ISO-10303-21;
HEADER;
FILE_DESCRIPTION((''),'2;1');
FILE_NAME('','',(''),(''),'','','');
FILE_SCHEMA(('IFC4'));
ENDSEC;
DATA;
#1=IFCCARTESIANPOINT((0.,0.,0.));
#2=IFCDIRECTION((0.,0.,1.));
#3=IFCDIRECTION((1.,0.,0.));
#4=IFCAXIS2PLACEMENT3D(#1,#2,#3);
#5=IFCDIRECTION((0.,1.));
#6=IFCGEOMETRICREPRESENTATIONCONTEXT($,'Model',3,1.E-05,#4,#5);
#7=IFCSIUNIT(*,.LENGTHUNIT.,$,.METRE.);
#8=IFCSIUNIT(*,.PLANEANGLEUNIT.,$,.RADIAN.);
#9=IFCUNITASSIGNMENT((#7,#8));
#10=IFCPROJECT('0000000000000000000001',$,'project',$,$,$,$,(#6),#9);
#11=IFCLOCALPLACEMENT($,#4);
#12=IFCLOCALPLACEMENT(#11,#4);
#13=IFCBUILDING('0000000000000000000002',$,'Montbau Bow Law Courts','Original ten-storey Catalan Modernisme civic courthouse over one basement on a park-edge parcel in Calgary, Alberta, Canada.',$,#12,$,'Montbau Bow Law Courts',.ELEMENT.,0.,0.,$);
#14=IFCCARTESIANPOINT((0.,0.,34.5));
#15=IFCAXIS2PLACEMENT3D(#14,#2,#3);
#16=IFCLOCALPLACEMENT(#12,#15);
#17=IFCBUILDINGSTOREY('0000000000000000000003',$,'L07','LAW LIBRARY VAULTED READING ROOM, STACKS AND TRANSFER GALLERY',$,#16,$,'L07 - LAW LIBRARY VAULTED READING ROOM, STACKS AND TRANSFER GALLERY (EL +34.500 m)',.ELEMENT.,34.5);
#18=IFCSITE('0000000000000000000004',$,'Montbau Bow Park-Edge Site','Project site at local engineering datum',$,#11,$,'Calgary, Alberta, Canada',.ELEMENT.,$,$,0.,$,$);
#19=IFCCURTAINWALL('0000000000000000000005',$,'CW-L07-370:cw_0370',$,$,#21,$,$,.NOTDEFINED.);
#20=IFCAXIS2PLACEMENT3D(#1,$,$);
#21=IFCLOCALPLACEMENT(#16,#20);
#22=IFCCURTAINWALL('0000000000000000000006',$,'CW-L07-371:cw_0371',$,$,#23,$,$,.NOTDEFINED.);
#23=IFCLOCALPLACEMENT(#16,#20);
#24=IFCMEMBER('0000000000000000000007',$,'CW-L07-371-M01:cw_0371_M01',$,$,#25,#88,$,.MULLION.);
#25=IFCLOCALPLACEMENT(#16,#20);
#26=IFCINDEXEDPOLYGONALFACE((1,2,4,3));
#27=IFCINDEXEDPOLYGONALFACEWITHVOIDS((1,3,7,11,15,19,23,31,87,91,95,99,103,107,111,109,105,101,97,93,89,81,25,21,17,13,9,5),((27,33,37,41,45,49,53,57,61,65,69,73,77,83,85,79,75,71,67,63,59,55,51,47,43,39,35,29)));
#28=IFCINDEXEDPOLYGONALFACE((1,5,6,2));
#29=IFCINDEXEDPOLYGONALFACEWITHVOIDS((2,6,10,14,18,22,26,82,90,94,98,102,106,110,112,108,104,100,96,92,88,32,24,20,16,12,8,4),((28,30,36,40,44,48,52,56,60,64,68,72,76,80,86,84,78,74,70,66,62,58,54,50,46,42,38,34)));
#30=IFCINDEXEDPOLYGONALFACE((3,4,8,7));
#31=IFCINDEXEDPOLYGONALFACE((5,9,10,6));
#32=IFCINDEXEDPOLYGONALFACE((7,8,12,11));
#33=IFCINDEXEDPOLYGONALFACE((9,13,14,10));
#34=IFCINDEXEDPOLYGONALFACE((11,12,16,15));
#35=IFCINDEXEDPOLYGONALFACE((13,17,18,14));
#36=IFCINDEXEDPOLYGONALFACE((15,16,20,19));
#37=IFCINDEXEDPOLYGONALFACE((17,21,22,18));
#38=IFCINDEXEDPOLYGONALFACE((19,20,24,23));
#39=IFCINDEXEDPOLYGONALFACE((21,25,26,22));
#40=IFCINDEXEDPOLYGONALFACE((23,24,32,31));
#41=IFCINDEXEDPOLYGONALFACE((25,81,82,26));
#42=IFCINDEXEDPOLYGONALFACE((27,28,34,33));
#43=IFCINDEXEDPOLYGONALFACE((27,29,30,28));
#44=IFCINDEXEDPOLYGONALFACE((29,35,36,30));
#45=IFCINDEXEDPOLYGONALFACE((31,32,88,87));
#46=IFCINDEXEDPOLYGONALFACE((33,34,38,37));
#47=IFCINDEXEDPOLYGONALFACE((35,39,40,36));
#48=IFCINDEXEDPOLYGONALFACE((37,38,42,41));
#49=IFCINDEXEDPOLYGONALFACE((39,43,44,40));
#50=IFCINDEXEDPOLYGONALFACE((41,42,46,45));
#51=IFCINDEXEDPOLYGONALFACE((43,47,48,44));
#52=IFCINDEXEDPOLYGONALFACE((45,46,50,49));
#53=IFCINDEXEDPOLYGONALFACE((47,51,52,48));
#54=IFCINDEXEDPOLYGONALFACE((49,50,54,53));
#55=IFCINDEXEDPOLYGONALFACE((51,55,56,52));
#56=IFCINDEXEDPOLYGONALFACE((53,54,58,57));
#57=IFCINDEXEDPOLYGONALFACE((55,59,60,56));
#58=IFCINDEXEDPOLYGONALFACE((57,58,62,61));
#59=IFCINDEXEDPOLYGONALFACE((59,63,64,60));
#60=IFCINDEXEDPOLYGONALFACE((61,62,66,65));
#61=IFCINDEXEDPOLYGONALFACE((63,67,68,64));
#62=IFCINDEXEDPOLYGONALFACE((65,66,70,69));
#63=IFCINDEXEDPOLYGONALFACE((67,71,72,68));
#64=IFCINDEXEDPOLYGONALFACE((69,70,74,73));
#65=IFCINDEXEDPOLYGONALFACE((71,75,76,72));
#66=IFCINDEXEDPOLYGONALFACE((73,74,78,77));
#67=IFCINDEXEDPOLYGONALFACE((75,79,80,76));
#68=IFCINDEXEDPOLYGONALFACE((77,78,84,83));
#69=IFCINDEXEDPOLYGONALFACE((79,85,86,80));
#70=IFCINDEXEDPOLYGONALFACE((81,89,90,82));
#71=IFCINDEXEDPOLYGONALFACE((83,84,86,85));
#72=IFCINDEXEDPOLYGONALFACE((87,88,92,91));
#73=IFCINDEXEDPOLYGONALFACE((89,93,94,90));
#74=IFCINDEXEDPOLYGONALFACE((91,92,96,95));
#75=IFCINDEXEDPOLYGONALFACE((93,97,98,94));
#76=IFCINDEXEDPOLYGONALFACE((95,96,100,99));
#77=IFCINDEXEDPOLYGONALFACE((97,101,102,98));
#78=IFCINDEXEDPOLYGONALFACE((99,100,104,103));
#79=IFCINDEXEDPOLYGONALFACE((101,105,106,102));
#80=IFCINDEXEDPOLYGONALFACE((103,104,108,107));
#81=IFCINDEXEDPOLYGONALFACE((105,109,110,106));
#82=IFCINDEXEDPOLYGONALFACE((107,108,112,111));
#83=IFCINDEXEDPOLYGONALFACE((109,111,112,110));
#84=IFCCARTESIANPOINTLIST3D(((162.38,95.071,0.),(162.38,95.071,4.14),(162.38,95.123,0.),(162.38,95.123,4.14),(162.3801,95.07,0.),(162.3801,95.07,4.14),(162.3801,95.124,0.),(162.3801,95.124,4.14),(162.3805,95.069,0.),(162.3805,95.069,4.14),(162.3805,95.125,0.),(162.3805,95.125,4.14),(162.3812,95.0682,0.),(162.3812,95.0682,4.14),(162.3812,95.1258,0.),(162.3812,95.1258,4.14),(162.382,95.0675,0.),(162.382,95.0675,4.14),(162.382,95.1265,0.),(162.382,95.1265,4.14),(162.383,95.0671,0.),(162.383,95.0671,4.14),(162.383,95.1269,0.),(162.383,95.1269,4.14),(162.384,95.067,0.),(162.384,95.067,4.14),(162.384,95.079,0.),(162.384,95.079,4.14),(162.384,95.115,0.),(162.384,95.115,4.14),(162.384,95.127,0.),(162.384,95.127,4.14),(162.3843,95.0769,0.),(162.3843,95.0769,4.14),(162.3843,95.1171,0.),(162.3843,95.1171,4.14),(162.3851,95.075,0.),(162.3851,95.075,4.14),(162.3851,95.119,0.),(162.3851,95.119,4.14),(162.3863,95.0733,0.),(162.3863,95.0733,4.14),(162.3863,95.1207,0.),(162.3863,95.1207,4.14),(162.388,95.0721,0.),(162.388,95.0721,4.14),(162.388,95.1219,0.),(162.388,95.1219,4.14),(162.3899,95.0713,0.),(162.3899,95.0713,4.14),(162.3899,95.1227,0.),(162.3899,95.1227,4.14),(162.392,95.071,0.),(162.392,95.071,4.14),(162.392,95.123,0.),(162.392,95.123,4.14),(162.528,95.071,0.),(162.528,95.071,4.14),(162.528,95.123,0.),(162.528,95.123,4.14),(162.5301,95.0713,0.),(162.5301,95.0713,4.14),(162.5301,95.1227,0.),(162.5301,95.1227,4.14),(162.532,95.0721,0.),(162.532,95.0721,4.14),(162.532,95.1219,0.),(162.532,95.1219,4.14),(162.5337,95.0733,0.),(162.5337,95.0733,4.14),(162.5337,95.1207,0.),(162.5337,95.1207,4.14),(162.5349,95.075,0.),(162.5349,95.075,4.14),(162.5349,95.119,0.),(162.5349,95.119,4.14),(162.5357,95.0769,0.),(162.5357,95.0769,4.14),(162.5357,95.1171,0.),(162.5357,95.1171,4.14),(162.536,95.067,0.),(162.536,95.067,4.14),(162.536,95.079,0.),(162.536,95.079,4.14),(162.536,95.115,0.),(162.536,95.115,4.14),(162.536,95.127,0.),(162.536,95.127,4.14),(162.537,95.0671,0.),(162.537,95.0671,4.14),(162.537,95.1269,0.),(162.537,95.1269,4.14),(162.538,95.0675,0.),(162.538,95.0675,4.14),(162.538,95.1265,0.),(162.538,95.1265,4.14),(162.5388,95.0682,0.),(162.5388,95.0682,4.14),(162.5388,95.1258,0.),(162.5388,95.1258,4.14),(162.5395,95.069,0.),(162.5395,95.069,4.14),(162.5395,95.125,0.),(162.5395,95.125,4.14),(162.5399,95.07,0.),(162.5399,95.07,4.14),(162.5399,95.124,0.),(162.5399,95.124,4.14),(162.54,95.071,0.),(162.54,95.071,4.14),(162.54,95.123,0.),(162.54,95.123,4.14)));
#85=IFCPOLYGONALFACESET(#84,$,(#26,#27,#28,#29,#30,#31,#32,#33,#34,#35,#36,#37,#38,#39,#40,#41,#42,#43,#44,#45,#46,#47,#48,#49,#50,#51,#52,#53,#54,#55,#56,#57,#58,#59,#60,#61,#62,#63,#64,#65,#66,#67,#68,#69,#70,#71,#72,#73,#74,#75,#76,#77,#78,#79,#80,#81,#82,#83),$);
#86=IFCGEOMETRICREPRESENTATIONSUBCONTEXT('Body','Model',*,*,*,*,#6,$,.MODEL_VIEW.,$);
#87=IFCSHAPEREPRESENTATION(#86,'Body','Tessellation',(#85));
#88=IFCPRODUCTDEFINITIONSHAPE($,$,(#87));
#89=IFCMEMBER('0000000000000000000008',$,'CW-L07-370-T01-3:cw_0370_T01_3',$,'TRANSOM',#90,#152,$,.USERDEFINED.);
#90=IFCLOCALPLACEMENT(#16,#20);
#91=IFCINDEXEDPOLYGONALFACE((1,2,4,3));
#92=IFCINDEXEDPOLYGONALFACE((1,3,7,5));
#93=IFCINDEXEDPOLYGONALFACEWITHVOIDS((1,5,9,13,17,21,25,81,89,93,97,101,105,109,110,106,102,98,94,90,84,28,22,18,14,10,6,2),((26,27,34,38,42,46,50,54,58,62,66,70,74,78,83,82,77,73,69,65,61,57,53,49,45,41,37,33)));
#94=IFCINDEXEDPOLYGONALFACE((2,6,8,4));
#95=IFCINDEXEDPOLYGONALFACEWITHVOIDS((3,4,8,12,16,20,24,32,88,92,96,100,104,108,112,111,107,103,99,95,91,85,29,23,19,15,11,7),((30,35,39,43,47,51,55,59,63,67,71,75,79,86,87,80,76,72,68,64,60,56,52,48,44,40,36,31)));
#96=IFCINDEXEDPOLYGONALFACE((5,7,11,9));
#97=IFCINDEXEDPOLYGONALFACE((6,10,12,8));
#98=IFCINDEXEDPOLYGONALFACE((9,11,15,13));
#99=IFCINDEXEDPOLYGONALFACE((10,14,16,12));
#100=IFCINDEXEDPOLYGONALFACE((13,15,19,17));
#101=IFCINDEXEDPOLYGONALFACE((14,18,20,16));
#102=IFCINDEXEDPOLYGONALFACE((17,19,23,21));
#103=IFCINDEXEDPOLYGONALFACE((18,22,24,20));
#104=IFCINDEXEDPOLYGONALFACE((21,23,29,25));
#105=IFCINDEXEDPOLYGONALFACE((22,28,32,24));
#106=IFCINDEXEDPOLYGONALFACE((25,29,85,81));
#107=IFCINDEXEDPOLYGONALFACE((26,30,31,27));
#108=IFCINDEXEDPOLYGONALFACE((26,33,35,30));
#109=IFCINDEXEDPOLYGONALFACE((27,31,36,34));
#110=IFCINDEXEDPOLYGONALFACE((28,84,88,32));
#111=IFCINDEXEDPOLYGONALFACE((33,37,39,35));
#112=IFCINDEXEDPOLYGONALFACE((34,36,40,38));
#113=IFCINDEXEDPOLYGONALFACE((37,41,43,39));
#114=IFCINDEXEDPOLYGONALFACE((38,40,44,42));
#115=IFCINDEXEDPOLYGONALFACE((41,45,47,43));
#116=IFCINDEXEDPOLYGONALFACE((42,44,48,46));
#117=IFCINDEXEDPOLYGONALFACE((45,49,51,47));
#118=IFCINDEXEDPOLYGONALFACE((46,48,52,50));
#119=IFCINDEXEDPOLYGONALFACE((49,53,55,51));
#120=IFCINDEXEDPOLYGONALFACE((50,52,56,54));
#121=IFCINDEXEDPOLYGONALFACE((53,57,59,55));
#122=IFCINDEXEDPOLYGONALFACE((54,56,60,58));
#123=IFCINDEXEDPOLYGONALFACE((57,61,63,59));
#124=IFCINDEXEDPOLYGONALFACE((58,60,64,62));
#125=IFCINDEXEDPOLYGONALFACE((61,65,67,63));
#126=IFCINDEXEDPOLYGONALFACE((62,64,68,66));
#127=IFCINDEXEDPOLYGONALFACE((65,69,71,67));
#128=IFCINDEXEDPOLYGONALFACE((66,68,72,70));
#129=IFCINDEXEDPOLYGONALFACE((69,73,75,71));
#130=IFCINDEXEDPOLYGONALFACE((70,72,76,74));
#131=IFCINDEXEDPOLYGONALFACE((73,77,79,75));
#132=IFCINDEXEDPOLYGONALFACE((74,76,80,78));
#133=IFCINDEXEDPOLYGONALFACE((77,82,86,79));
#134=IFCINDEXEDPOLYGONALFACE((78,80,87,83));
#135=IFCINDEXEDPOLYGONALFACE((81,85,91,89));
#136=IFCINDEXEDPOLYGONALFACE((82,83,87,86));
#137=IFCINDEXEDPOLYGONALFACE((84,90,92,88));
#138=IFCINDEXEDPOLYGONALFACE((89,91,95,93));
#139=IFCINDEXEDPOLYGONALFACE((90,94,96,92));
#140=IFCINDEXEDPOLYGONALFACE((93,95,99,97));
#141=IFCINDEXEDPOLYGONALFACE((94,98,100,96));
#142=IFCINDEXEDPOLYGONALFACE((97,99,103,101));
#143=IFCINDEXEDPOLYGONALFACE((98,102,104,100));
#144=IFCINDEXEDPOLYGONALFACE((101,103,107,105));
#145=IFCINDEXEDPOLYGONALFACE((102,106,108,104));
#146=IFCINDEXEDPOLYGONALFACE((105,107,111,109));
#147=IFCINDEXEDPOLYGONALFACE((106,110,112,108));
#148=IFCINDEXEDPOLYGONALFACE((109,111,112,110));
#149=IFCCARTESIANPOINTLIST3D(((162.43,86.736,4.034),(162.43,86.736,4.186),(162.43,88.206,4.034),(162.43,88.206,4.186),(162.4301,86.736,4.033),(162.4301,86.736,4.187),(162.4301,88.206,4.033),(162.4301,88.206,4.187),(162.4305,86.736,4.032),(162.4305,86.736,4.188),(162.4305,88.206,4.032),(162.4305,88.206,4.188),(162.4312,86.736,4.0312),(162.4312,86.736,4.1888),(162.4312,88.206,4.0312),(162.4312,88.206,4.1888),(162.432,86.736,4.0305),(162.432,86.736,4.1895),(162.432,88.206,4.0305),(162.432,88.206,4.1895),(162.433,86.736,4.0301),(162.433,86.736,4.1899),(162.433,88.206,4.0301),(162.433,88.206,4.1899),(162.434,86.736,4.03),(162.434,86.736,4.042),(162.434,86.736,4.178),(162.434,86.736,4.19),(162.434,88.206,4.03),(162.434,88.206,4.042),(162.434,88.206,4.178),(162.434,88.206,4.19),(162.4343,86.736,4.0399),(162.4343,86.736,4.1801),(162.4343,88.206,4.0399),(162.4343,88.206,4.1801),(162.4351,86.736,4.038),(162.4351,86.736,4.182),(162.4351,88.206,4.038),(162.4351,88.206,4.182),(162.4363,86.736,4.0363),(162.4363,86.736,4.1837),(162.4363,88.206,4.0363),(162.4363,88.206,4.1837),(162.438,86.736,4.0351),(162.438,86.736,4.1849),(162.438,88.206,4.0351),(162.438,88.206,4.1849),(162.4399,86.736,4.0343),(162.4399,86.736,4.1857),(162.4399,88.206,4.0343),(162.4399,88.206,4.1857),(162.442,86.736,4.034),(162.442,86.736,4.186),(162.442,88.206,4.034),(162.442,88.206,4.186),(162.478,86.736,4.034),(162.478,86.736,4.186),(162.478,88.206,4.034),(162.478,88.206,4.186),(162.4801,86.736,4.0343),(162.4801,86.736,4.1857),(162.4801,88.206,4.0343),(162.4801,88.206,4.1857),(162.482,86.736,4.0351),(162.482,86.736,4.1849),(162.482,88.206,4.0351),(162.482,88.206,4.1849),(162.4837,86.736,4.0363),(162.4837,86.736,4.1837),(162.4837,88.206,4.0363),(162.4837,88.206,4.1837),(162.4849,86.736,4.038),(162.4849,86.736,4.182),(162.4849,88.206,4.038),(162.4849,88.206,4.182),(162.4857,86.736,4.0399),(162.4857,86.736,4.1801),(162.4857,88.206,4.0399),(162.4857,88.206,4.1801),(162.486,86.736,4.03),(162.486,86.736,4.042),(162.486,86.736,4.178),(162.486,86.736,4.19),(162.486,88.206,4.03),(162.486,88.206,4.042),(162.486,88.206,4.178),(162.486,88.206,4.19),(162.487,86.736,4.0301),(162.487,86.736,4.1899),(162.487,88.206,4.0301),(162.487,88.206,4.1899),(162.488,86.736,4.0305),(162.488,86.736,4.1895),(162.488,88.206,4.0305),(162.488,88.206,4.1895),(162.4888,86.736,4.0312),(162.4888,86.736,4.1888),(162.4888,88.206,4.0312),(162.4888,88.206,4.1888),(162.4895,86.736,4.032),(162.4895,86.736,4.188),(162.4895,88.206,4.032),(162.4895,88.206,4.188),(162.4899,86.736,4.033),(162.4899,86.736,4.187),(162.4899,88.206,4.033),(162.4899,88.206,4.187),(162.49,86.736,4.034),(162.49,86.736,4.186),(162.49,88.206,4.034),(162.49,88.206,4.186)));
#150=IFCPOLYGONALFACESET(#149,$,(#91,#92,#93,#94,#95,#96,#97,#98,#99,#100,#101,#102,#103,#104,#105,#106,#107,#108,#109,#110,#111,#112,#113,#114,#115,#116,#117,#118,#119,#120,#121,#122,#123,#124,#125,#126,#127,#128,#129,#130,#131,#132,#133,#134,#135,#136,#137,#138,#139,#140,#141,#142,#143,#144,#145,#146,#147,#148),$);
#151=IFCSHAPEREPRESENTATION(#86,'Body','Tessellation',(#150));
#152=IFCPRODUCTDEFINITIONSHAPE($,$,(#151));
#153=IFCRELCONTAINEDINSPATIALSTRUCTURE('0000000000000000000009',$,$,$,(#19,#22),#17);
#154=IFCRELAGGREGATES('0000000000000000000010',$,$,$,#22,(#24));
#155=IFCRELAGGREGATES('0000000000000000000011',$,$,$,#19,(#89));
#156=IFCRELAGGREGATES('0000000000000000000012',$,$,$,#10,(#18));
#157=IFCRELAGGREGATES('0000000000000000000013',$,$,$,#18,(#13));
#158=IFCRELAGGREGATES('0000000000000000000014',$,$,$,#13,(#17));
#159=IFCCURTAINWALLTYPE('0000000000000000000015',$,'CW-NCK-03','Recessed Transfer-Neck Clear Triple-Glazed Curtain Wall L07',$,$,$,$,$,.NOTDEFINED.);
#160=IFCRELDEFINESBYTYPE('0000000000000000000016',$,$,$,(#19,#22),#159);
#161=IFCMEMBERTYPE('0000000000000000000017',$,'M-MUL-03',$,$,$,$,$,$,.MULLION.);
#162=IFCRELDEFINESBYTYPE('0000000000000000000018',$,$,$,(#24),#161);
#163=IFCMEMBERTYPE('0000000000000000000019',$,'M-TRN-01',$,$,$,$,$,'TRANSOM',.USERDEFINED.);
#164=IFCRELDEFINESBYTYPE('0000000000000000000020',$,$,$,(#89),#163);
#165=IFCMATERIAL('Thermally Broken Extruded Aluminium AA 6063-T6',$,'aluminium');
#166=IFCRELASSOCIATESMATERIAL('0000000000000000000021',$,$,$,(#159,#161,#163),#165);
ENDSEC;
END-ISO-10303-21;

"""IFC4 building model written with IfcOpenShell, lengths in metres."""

from ifc_helpers import new_model, si_unit, direction, frame, origin_with_axes, origin_2d_with_axis, place, context, subcontext, project, spatial, hollow_rectangle, extrude, material, material_profile, profile_set, type_object, element, aggregate, save


model = new_model("IFC4")

# Units and contexts
model_context = context("Model", 3, precision=1e-05, world=origin_with_axes(), true_north=direction((0.0, 1.0)))
body_context = subcontext(model_context, "Body", "Model", "MODEL_VIEW")
ifc_project = project(units=[si_unit("LENGTHUNIT", "METRE"), si_unit("PLANEANGLEUNIT", "RADIAN")], contexts=[model_context])

# Site, building, storey
site_placement = place(None, origin_with_axes())
site = spatial("IfcSite", under=ifc_project, at=site_placement, Name="Montbau Bow Park-Edge Site", Description="Project site at local engineering datum", LongName="Calgary, Alberta, Canada", CompositionType="ELEMENT", RefElevation=0.0)
building_placement = place(site_placement, origin_with_axes())
building = spatial("IfcBuilding", under=site, at=building_placement, Name="Montbau Bow Law Courts", Description="Original ten-storey Catalan Modernisme civic courthouse over one basement on a park-edge parcel in Calgary, Alberta, Canada.", LongName="Montbau Bow Law Courts", CompositionType="ELEMENT", ElevationOfRefHeight=0.0, ElevationOfTerrain=0.0)
storey_placement = place(building_placement, frame((0.0, 0.0, 34.5), z_axis=(0.0, 0.0, 1.0), x_axis=(1.0, 0.0, 0.0)))
storey = spatial("IfcBuildingStorey", under=building, at=storey_placement, Name="L07", Description="LAW LIBRARY VAULTED READING ROOM, STACKS AND TRANSFER GALLERY", LongName="L07 - LAW LIBRARY VAULTED READING ROOM, STACKS AND TRANSFER GALLERY (EL +34.500 m)", CompositionType="ELEMENT", Elevation=34.5)

# Curtain wall
ifc_material_1 = material(Name="Thermally Broken Extruded Aluminium AA 6063-T6", Category="aluminium")
curtain_wall_type = type_object("IfcCurtainWallType", Name="CW-NCK-03", Description="Recessed Transfer-Neck Clear Triple-Glazed Curtain Wall L07", PredefinedType="NOTDEFINED", material=ifc_material_1)
curtain_wall_1_placement = place(None, frame((162.46, 86.668, 34.5), z_axis=(0.0, 0.0, 1.0), x_axis=(1.0, 0.0, 0.0)))
curtain_wall_1 = element("IfcCurtainWall", 1, at=curtain_wall_1_placement, inside=storey, type_object=curtain_wall_type, Name="CW-L07-370:cw_0370", PredefinedType="NOTDEFINED")

# Curtain wall, member
curtain_wall_2_placement = place(None, frame((162.46, 95.067, 34.5), z_axis=(0.0, 0.0, 1.0), x_axis=(1.0, 0.0, 0.0)))
curtain_wall_2 = element("IfcCurtainWall", 2, at=curtain_wall_2_placement, inside=storey, type_object=curtain_wall_type, Name="CW-L07-371:cw_0371", PredefinedType="NOTDEFINED")
ifc_material_profile_1 = material_profile(ifc_material_1, hollow_rectangle(XDim=0.06, YDim=0.16, WallThickness=0.004, InnerFilletRadius=0.008, OuterFilletRadius=0.004, at=origin_2d_with_axis()), Name="CWM-160X60", Category="Main", Priority=0)
ifc_profile_set_1 = profile_set([ifc_material_profile_1], Name="Thermally Broken Extruded Aluminium AA 6063-T6")
member_type_1 = type_object("IfcMemberType", Name="M-MUL-03", PredefinedType="MULLION", material=ifc_profile_set_1)
member_1_placement = place(None, frame((162.46, 95.097, 34.5), z_axis=(0.0, 0.0, 1.0), x_axis=(0.0, 1.0, 0.0)))
member_1 = element("IfcMember", 3, at=member_1_placement, type_object=member_type_1, Name="CW-L07-371-M01:cw_0371_M01", PredefinedType="MULLION", context=body_context, shape_type="SweptSolid", body=[
    extrude(hollow_rectangle(XDim=0.06, YDim=0.16, WallThickness=0.004, InnerFilletRadius=0.008, OuterFilletRadius=0.004, at=origin_2d_with_axis()), origin_with_axes(), (0.0, 0.0, 1.0), 4.14),
])
aggregate(curtain_wall_2, [member_1])

# Member
ifc_material_profile_2 = material_profile(ifc_material_1, hollow_rectangle(XDim=0.06, YDim=0.16, WallThickness=0.004, InnerFilletRadius=0.008, OuterFilletRadius=0.004, at=origin_2d_with_axis()), Name="CWT-160X60", Category="Main", Priority=0)
ifc_profile_set_2 = profile_set([ifc_material_profile_2], Name="Thermally Broken Extruded Aluminium AA 6063-T6")
member_type_2 = type_object("IfcMemberType", Name="M-TRN-01", ElementType="TRANSOM", PredefinedType="USERDEFINED", material=ifc_profile_set_2)
member_2_placement = place(None, frame((162.46, 86.736, 38.61), z_axis=(0.0, 1.0, 0.0), x_axis=(-1.0, 0.0, 0.0)))
member_2 = element("IfcMember", 4, at=member_2_placement, type_object=member_type_2, Name="CW-L07-370-T01-3:cw_0370_T01_3", ObjectType="TRANSOM", PredefinedType="USERDEFINED", context=body_context, shape_type="SweptSolid", body=[
    extrude(hollow_rectangle(XDim=0.06, YDim=0.16, WallThickness=0.004, InnerFilletRadius=0.008, OuterFilletRadius=0.004, at=origin_2d_with_axis()), origin_with_axes(), (0.0, 0.0, 1.0), 1.47),
])

aggregate(curtain_wall_1, [member_2])

save(model, "model.ifc")
